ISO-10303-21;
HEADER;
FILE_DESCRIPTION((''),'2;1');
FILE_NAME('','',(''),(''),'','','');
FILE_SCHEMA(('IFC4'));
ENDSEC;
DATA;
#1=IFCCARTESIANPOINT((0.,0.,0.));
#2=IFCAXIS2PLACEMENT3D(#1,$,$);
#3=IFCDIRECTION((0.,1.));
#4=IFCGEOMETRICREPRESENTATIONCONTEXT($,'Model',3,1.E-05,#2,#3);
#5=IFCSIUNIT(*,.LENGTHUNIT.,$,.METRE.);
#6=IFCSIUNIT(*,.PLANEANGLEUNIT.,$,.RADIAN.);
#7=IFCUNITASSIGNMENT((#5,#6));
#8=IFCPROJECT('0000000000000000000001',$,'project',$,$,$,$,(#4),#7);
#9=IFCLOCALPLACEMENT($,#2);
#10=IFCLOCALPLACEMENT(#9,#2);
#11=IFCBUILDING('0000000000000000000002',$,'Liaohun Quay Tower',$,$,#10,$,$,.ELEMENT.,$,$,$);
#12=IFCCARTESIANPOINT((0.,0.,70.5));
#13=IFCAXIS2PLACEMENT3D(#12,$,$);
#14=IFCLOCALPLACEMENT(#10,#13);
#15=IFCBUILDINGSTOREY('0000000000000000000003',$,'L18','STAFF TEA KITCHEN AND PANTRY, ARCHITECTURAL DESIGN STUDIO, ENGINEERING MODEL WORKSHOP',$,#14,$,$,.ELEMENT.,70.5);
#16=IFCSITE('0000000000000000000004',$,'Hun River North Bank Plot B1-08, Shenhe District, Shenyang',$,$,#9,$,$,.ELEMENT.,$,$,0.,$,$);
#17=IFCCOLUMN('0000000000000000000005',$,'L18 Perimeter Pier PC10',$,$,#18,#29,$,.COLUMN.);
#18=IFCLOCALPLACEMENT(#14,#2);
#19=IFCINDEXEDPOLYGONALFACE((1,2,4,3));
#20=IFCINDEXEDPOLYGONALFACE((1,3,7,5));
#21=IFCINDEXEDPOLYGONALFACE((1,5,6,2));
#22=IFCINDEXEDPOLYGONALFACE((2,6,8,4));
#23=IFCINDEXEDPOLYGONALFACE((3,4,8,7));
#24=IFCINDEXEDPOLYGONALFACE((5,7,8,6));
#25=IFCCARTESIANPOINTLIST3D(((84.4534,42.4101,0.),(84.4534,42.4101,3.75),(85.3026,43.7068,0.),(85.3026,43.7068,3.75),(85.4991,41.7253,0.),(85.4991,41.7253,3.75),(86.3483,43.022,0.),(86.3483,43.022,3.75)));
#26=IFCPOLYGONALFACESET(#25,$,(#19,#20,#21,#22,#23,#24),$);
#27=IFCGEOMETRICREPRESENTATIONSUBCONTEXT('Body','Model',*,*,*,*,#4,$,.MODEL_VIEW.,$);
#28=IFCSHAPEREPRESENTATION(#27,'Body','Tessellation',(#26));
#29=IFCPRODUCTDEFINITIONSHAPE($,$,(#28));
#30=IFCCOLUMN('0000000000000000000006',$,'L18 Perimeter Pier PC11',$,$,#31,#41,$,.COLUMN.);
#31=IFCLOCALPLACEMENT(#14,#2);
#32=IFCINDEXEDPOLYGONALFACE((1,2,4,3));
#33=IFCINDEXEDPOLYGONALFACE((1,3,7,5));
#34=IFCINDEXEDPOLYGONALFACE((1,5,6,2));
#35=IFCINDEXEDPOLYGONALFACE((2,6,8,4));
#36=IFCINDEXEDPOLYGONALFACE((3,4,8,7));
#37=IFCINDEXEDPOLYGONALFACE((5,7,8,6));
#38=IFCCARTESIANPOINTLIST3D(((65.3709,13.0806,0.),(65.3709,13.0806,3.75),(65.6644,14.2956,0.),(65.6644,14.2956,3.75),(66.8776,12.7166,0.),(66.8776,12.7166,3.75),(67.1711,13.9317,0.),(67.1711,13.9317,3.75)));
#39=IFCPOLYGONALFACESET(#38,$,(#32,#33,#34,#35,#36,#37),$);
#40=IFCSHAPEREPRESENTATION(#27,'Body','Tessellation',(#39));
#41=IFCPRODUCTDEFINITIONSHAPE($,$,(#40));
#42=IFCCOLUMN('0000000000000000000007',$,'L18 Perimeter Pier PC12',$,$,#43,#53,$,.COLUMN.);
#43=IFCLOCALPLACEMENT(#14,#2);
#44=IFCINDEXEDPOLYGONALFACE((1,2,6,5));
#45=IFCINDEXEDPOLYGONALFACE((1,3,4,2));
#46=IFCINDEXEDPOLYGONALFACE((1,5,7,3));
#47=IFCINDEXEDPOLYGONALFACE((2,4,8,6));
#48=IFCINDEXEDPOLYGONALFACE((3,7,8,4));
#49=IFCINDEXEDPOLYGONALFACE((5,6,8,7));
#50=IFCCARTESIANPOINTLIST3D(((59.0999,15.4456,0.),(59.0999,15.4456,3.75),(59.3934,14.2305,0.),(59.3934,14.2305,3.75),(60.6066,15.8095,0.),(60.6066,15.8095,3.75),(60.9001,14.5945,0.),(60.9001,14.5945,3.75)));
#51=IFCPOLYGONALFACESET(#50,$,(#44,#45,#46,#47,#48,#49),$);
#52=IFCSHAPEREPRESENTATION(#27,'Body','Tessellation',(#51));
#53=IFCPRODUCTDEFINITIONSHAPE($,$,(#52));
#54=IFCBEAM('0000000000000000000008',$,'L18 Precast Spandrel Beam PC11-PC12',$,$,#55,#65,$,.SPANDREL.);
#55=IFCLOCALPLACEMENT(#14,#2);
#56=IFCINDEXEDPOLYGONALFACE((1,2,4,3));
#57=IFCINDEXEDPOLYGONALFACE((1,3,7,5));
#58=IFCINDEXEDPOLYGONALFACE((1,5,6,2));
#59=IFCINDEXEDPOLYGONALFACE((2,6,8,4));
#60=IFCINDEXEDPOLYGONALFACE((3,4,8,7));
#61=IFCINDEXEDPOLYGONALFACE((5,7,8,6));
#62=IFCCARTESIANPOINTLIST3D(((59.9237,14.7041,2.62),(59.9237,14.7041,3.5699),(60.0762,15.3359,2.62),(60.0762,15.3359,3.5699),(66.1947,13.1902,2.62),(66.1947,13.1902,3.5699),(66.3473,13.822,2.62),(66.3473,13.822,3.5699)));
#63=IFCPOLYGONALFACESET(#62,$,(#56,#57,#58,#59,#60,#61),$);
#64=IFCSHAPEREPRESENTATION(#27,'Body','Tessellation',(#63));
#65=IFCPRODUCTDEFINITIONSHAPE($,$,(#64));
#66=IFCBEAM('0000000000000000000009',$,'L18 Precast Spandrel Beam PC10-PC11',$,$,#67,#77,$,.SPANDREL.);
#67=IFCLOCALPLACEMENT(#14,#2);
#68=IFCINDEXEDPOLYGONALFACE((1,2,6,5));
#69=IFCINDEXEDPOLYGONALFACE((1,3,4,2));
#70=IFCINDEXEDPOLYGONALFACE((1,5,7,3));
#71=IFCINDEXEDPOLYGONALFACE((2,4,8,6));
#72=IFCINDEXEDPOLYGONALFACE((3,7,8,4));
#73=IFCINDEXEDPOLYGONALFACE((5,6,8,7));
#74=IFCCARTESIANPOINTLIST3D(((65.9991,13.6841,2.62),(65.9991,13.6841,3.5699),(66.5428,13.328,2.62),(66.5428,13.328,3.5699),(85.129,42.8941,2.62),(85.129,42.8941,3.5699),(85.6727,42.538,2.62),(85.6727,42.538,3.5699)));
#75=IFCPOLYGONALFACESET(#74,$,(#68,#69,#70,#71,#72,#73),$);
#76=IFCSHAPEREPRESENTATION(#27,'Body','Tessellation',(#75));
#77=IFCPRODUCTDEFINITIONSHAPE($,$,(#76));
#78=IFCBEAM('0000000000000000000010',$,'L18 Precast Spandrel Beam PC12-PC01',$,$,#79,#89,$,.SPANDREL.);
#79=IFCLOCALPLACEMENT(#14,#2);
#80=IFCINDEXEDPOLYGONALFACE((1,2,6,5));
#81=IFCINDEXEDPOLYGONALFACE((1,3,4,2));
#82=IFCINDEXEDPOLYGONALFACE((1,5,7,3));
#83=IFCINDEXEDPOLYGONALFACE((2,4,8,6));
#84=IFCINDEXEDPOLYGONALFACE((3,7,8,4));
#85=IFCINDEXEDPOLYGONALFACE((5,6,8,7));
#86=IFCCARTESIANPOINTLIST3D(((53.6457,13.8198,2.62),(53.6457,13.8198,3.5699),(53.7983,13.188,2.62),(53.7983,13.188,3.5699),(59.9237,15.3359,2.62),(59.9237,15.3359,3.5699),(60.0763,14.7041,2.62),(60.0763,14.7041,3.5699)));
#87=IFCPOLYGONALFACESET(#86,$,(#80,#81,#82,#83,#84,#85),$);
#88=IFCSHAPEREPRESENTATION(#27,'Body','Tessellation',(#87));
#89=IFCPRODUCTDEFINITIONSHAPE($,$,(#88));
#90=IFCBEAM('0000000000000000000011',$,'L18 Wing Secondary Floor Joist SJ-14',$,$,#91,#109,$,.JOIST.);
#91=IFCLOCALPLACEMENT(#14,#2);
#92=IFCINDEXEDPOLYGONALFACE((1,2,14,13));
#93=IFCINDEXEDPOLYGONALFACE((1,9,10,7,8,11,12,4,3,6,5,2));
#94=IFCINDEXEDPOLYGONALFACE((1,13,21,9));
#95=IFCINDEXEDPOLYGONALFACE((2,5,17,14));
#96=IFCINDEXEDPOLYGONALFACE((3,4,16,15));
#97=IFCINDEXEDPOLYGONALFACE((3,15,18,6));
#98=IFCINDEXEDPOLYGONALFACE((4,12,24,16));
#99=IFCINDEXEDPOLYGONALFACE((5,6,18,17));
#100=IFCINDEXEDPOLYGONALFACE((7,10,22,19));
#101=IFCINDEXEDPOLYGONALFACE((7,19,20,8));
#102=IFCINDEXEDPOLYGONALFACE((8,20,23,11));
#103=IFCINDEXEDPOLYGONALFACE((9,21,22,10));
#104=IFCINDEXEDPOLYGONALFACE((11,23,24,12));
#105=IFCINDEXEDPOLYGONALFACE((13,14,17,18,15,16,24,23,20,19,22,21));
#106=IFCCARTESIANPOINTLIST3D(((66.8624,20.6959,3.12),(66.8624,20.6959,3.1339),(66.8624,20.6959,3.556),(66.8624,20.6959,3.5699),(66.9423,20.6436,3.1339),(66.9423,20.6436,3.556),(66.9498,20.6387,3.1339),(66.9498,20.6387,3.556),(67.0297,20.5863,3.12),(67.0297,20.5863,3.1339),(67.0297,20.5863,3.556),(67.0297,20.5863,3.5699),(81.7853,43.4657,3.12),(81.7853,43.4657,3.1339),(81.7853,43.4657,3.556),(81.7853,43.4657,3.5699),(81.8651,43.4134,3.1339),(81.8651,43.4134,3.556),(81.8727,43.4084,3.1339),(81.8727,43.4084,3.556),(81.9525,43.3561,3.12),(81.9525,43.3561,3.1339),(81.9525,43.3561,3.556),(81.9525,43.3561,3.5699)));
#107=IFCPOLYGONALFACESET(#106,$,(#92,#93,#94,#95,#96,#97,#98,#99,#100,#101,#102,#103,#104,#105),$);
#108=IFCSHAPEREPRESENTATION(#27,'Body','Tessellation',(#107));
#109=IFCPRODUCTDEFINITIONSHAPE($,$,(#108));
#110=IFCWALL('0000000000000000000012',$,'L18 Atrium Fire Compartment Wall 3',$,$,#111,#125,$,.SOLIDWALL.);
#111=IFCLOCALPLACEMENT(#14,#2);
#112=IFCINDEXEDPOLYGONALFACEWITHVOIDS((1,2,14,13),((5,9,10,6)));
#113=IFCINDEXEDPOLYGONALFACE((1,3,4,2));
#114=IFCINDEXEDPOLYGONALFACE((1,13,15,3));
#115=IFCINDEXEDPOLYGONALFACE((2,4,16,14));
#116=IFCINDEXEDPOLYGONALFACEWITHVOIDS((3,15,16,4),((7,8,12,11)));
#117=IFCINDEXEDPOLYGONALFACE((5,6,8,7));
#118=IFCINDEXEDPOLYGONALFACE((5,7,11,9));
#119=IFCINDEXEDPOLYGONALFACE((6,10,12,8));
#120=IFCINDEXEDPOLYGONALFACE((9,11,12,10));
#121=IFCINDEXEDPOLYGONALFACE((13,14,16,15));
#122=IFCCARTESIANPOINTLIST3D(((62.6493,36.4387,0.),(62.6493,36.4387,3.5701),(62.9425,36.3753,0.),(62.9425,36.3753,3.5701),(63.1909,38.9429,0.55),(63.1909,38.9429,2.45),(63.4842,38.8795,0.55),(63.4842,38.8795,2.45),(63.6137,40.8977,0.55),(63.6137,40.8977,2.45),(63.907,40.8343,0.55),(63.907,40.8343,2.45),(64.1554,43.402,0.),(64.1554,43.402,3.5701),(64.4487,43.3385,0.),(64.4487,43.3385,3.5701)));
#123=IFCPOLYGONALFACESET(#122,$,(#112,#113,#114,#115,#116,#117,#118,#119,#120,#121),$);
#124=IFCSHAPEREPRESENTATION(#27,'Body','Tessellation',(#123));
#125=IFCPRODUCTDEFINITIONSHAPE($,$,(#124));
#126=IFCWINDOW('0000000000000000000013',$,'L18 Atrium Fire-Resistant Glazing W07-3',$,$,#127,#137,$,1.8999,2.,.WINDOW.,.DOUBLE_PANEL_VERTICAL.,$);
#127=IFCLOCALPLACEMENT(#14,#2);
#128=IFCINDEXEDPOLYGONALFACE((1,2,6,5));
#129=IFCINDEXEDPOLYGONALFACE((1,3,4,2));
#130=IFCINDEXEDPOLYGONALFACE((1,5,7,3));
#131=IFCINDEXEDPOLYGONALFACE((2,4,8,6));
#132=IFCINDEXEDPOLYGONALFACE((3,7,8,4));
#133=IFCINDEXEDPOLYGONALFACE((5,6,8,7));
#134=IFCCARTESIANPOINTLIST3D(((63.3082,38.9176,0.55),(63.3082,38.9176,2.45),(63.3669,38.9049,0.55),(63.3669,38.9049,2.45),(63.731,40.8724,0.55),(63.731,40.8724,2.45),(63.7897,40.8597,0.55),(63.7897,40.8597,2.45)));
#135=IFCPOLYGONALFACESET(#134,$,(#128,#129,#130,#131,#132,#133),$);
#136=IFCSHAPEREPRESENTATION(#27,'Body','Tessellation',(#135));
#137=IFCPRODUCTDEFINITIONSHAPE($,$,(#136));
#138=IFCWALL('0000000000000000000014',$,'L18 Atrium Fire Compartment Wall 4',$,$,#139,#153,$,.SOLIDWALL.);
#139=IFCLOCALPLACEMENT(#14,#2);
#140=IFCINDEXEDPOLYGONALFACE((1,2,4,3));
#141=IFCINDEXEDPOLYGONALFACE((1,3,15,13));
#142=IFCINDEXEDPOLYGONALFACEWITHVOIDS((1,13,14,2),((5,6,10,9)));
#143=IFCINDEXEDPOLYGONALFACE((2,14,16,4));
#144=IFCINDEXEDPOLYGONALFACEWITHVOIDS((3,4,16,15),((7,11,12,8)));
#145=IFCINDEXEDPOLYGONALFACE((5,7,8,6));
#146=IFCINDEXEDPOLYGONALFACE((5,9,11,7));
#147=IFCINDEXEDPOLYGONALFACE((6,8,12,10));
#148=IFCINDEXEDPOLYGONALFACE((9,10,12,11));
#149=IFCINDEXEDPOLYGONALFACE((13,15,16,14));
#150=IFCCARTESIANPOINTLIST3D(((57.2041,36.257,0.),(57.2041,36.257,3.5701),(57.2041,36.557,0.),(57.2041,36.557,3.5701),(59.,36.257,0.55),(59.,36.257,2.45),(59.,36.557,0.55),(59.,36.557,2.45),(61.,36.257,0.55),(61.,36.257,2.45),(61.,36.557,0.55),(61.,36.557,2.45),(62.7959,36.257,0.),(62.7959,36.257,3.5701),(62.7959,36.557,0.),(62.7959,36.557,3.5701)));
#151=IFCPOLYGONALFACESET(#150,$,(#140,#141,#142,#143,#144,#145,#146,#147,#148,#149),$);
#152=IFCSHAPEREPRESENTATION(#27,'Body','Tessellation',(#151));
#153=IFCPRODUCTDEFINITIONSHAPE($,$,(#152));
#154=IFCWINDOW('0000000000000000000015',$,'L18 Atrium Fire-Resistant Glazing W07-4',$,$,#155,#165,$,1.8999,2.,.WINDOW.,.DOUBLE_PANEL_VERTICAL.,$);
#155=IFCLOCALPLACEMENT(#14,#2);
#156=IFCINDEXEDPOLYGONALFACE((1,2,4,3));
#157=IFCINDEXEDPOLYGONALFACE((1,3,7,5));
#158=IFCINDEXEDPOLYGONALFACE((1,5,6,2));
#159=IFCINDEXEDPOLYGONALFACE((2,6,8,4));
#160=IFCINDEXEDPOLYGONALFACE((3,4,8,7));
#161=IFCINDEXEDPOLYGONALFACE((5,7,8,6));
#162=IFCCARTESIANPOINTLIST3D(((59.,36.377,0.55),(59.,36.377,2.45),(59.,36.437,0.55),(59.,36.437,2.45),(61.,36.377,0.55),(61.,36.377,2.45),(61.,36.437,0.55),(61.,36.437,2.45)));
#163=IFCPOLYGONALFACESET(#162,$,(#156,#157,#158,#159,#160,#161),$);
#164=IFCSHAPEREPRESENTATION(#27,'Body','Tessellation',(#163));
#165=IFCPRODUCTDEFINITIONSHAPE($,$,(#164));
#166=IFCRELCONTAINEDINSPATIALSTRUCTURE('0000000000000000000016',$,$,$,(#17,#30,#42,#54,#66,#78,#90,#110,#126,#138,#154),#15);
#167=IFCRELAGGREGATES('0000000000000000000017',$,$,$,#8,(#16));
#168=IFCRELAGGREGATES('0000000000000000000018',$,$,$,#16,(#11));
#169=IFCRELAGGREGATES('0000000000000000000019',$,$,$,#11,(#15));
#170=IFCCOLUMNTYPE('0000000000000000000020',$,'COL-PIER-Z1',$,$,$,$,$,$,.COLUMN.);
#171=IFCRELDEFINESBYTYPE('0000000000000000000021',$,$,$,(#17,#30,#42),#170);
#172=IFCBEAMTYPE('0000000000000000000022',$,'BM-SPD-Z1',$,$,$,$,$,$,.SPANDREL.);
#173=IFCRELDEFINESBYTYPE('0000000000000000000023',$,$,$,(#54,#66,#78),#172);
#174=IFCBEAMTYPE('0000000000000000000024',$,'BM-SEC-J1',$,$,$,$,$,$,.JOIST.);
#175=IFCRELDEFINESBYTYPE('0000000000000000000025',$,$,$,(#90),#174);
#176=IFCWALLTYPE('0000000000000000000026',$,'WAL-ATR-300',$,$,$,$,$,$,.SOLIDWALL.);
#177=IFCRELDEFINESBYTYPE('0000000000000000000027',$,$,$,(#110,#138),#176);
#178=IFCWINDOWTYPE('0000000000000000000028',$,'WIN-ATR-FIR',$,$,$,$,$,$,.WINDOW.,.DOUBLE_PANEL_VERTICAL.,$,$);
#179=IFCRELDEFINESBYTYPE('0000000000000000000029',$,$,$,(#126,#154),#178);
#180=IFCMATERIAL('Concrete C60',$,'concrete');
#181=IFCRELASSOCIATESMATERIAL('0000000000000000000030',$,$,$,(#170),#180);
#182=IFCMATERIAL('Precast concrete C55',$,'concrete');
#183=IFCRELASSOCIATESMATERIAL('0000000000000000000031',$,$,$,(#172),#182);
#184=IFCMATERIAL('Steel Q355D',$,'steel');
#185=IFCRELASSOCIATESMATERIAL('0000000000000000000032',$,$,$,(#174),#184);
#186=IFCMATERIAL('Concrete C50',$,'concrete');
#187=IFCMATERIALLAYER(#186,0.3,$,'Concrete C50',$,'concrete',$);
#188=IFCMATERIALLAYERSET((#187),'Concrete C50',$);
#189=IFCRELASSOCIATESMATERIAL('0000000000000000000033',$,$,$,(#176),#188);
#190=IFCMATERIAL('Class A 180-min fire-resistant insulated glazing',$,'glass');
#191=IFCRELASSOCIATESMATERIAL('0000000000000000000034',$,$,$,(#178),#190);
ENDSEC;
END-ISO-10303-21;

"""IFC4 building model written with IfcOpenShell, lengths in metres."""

from ifc_helpers import new_model, si_unit, direction, frame, frame_2d, origin, origin_2d, place, context, subcontext, project, spatial, rectangle, i_section, extrude, source, transform, mapped, material, layer, layer_set, material_profile, profile_set, type_object, element, fill, save


model = new_model("IFC4")

# Units and contexts
model_context = context("Model", 3, precision=1e-05, world=origin(), true_north=direction((0.0, 1.0)))
body_context = subcontext(model_context, "Body", "Model", "MODEL_VIEW")
ifc_project = project(units=[si_unit("LENGTHUNIT", "METRE"), si_unit("PLANEANGLEUNIT", "RADIAN")], contexts=[model_context])

# Site, building, storey
site_placement = place(None, origin())
site = spatial("IfcSite", under=ifc_project, at=site_placement, Name="Hun River North Bank Plot B1-08, Shenhe District, Shenyang", CompositionType="ELEMENT", RefElevation=0.0)
building_placement = place(site_placement, origin())
building = spatial("IfcBuilding", under=site, at=building_placement, Name="Liaohun Quay Tower", CompositionType="ELEMENT")
storey_placement = place(building_placement, frame((0.0, 0.0, 70.5)))
storey = spatial("IfcBuildingStorey", under=building, at=storey_placement, Name="L18", Description="STAFF TEA KITCHEN AND PANTRY, ARCHITECTURAL DESIGN STUDIO, ENGINEERING MODEL WORKSHOP", CompositionType="ELEMENT", Elevation=70.5)

# Columns
ifc_material_1 = material(Name="Concrete C60", Category="concrete")
ifc_material_profile_1 = material_profile(ifc_material_1, rectangle(XDim=1.55, YDim=1.25, at=origin_2d()), Name="RC1550x1250")
ifc_profile_set_1 = profile_set([ifc_material_profile_1], Name="Concrete C60")
column_type = type_object("IfcColumnType", Name="COL-PIER-Z1", PredefinedType="COLUMN", material=ifc_profile_set_1)
shared_shape_1 = source(origin(), body_context, "Body", "SweptSolid", [
    extrude(rectangle(XDim=1.55, YDim=1.25, at=origin_2d()), origin(), (0.0, 0.0, 1.0), 3.75),
])
for number, where, z_axis, x_axis, name in (
    (1, (85.4009, 42.7161, 0.0), (0.0, 0.0, 1.0), (0.547855, 0.836573, 0.0), "L18 Perimeter Pier PC10"),
    (2, (66.271, 13.5061, 0.0), (0.0, 0.0, 1.0), (-0.972043, 0.234803, 0.0), "L18 Perimeter Pier PC11"),
    (3, (60.0, 15.02, 0.0), (0.0, 0.0, 1.0), (0.972043, 0.234803, 0.0), "L18 Perimeter Pier PC12"),
):
    element("IfcColumn", number, at=place(storey_placement, frame(where, z_axis=z_axis, x_axis=x_axis)), inside=storey, type_object=column_type, Name=name, PredefinedType="COLUMN", context=body_context, shape_type="MappedRepresentation", body=[
        mapped(shared_shape_1, transform((0.0, 0.0, 0.0), x_axis=(1.0, 0.0, 0.0), y_axis=(0.0, 1.0, 0.0), z_axis=(0.0, 0.0, 1.0), scale=1.0)),
    ])

# Beams
ifc_material_2 = material(Name="Precast concrete C55", Category="concrete")
ifc_material_profile_2 = material_profile(ifc_material_2, rectangle(XDim=0.6499, YDim=0.95, at=origin_2d()), Name="RC650x950")
ifc_profile_set_2 = profile_set([ifc_material_profile_2], Name="Precast concrete C55")
beam_type_1 = type_object("IfcBeamType", Name="BM-SPD-Z1", PredefinedType="SPANDREL", material=ifc_profile_set_2)
shared_shape_2 = source(origin(), body_context, "Body", "SweptSolid", [
    extrude(rectangle(XDim=0.6499, YDim=0.95, at=origin_2d()), origin(), (0.0, 0.0, 1.0), 6.4512),
])
beam_1_placement = place(storey_placement, frame((66.271, 13.5061, 3.095), z_axis=(-0.972074, 0.234674, 0.0), x_axis=(-0.234674, -0.972074, 0.0)))
element("IfcBeam", 4, at=beam_1_placement, inside=storey, type_object=beam_type_1, Name="L18 Precast Spandrel Beam PC11-PC12", PredefinedType="SPANDREL", context=body_context, shape_type="MappedRepresentation", body=[
    mapped(shared_shape_2, transform((0.0, 0.0, 0.0), x_axis=(1.0, 0.0, 0.0), y_axis=(0.0, 1.0, 0.0), z_axis=(0.0, 0.0, 1.0), scale=1.0)),
])
shared_shape_3 = source(origin(), body_context, "Body", "SweptSolid", [
    extrude(rectangle(XDim=0.6499, YDim=0.95, at=origin_2d()), origin(), (0.0, 0.0, 1.0), 34.9167),
])
beam_2_placement = place(storey_placement, frame((85.4009, 42.7161, 3.095), z_axis=(-0.547872, -0.836562, 0.0), x_axis=(0.836562, -0.547872, 0.0)))
element("IfcBeam", 5, at=beam_2_placement, inside=storey, type_object=beam_type_1, Name="L18 Precast Spandrel Beam PC10-PC11", PredefinedType="SPANDREL", context=body_context, shape_type="MappedRepresentation", body=[
    mapped(shared_shape_3, transform((0.0, 0.0, 0.0), x_axis=(1.0, 0.0, 0.0), y_axis=(0.0, 1.0, 0.0), z_axis=(0.0, 0.0, 1.0), scale=1.0)),
])
shared_shape_4 = source(origin(), body_context, "Body", "SweptSolid", [
    extrude(rectangle(XDim=0.6499, YDim=0.95, at=origin_2d()), origin(), (0.0, 0.0, 1.0), 6.4585),
])
beam_3_placement = place(storey_placement, frame((60.0, 15.02, 3.095), z_axis=(-0.972057, -0.234745, 0.0), x_axis=(0.234745, -0.972057, 0.0)))
element("IfcBeam", 6, at=beam_3_placement, inside=storey, type_object=beam_type_1, Name="L18 Precast Spandrel Beam PC12-PC01", PredefinedType="SPANDREL", context=body_context, shape_type="MappedRepresentation", body=[
    mapped(shared_shape_4, transform((0.0, 0.0, 0.0), x_axis=(1.0, 0.0, 0.0), y_axis=(0.0, 1.0, 0.0), z_axis=(0.0, 0.0, 1.0), scale=1.0)),
])
ifc_material_3 = material(Name="Steel Q355D", Category="steel")
ifc_material_profile_3 = material_profile(ifc_material_3, i_section(OverallWidth=0.2, OverallDepth=0.45, WebThickness=0.009, FlangeThickness=0.0139, at=origin_2d()), Name="HN450x200x9x14")
ifc_profile_set_3 = profile_set([ifc_material_profile_3], Name="Steel Q355D")
beam_type_2 = type_object("IfcBeamType", Name="BM-SEC-J1", PredefinedType="JOIST", material=ifc_profile_set_3)
shared_shape_5 = source(origin(), body_context, "Body", "SweptSolid", [
    extrude(i_section(OverallWidth=0.2, OverallDepth=0.45, WebThickness=0.009, FlangeThickness=0.0139, at=origin_2d()), origin(), (0.0, 0.0, 1.0), 27.2241),
])
beam_4_placement = place(storey_placement, frame((81.8689, 43.4109, 3.345), z_axis=(-0.548148, -0.836382, 0.0), x_axis=(0.836382, -0.548148, 0.0)))
element("IfcBeam", 7, at=beam_4_placement, inside=storey, type_object=beam_type_2, Name="L18 Wing Secondary Floor Joist SJ-14", PredefinedType="JOIST", context=body_context, shape_type="MappedRepresentation", body=[
    mapped(shared_shape_5, transform((0.0, 0.0, 0.0), x_axis=(1.0, 0.0, 0.0), y_axis=(0.0, 1.0, 0.0), z_axis=(0.0, 0.0, 1.0), scale=1.0)),
])

# Walls, openings, windows
ifc_material_4 = material(Name="Concrete C50", Category="concrete")
ifc_layer_1 = layer(ifc_material_4, 0.3, Name="Concrete C50", Category="concrete")
ifc_layer_set_1 = layer_set([ifc_layer_1], Name="Concrete C50")
wall_type_1 = type_object("IfcWallType", Name="WAL-ATR-300", PredefinedType="SOLIDWALL", material=ifc_layer_set_1)
wall_1_placement = place(storey_placement, frame((64.302, 43.3701, 0.0), z_axis=(0.0, 0.0, 1.0), x_axis=(-0.211408, -0.977398, 0.0)))
wall_1 = element("IfcWall", 8, at=wall_1_placement, inside=storey, type_object=wall_type_1, Name="L18 Atrium Fire Compartment Wall 3", PredefinedType="SOLIDWALL", context=body_context, shape_type="SweptSolid", body=[
    extrude(rectangle(XDim=7.1243, YDim=0.3, at=frame_2d((3.562, 0.0))), origin(), (0.0, 0.0, 1.0), 3.5701),
])
shared_shape_6 = source(origin(), body_context, "Body", "SweptSolid", [
    extrude(rectangle(XDim=2.0, YDim=1.8999, at=frame_2d((1.0, 0.95))), frame((0.0, 0.1599, 0.0), z_axis=(0.0, -1.0, 0.0), x_axis=(1.0, 0.0, 0.0)), (0.0, 0.0, 1.0), 0.3201),
])
opening_1_placement = place(wall_1_placement, frame((2.562, 0.0, 0.55)))
opening_1 = element("IfcOpeningElement", 9, at=opening_1_placement, cuts=wall_1, PredefinedType="OPENING", context=body_context, shape_type="MappedRepresentation", body=[
    mapped(shared_shape_6, transform((0.0, 0.0, 0.0), x_axis=(1.0, 0.0, 0.0), y_axis=(0.0, 1.0, 0.0), z_axis=(0.0, 0.0, 1.0), scale=1.0)),
])
ifc_material_5 = material(Name="Class A 180-min fire-resistant insulated glazing", Category="glass")
window_type_1 = type_object("IfcWindowType", Name="WIN-ATR-FIR", PartitioningType="DOUBLE_PANEL_VERTICAL", PredefinedType="WINDOW", material=ifc_material_5)
shared_shape_7 = source(origin(), body_context, "Body", "SweptSolid", [
    extrude(rectangle(XDim=2.0, YDim=1.8999, at=frame_2d((1.0, 0.95))), frame((0.0, 0.03, 0.0), z_axis=(0.0, -1.0, 0.0), x_axis=(1.0, 0.0, 0.0)), (0.0, 0.0, 1.0), 0.0601),
])
window_1_placement = place(opening_1_placement, origin())
window_1 = element("IfcWindow", 10, at=window_1_placement, inside=storey, type_object=window_type_1, Name="L18 Atrium Fire-Resistant Glazing W07-3", OverallHeight=1.8999, OverallWidth=2.0, PartitioningType="DOUBLE_PANEL_VERTICAL", PredefinedType="WINDOW", context=body_context, shape_type="MappedRepresentation", body=[
    mapped(shared_shape_7, transform((0.0, 0.0, 0.0), x_axis=(1.0, 0.0, 0.0), y_axis=(0.0, 1.0, 0.0), z_axis=(0.0, 0.0, 1.0), scale=1.0)),
])
fill(opening_1, window_1)
wall_2_placement = place(storey_placement, frame((62.7959, 36.407, 0.0), z_axis=(0.0, 0.0, 1.0), x_axis=(-1.0, 0.0, 0.0)))
wall_2 = element("IfcWall", 11, at=wall_2_placement, inside=storey, type_object=wall_type_1, Name="L18 Atrium Fire Compartment Wall 4", PredefinedType="SOLIDWALL", context=body_context, shape_type="SweptSolid", body=[
    extrude(rectangle(XDim=5.5918, YDim=0.3, at=frame_2d((2.7959, 0.0))), origin(), (0.0, 0.0, 1.0), 3.5701),
])
opening_2_placement = place(wall_2_placement, frame((1.7959, 0.0, 0.55)))
opening_2 = element("IfcOpeningElement", 12, at=opening_2_placement, cuts=wall_2, PredefinedType="OPENING", context=body_context, shape_type="MappedRepresentation", body=[
    mapped(shared_shape_6, transform((0.0, 0.0, 0.0), x_axis=(1.0, 0.0, 0.0), y_axis=(0.0, 1.0, 0.0), z_axis=(0.0, 0.0, 1.0), scale=1.0)),
])
window_2_placement = place(opening_2_placement, origin())
window_2 = element("IfcWindow", 13, at=window_2_placement, inside=storey, type_object=window_type_1, Name="L18 Atrium Fire-Resistant Glazing W07-4", OverallHeight=1.8999, OverallWidth=2.0, PartitioningType="DOUBLE_PANEL_VERTICAL", PredefinedType="WINDOW", context=body_context, shape_type="MappedRepresentation", body=[
    mapped(shared_shape_7, transform((0.0, 0.0, 0.0), x_axis=(1.0, 0.0, 0.0), y_axis=(0.0, 1.0, 0.0), z_axis=(0.0, 0.0, 1.0), scale=1.0)),
])
fill(opening_2, window_2)

save(model, "model.ifc")
